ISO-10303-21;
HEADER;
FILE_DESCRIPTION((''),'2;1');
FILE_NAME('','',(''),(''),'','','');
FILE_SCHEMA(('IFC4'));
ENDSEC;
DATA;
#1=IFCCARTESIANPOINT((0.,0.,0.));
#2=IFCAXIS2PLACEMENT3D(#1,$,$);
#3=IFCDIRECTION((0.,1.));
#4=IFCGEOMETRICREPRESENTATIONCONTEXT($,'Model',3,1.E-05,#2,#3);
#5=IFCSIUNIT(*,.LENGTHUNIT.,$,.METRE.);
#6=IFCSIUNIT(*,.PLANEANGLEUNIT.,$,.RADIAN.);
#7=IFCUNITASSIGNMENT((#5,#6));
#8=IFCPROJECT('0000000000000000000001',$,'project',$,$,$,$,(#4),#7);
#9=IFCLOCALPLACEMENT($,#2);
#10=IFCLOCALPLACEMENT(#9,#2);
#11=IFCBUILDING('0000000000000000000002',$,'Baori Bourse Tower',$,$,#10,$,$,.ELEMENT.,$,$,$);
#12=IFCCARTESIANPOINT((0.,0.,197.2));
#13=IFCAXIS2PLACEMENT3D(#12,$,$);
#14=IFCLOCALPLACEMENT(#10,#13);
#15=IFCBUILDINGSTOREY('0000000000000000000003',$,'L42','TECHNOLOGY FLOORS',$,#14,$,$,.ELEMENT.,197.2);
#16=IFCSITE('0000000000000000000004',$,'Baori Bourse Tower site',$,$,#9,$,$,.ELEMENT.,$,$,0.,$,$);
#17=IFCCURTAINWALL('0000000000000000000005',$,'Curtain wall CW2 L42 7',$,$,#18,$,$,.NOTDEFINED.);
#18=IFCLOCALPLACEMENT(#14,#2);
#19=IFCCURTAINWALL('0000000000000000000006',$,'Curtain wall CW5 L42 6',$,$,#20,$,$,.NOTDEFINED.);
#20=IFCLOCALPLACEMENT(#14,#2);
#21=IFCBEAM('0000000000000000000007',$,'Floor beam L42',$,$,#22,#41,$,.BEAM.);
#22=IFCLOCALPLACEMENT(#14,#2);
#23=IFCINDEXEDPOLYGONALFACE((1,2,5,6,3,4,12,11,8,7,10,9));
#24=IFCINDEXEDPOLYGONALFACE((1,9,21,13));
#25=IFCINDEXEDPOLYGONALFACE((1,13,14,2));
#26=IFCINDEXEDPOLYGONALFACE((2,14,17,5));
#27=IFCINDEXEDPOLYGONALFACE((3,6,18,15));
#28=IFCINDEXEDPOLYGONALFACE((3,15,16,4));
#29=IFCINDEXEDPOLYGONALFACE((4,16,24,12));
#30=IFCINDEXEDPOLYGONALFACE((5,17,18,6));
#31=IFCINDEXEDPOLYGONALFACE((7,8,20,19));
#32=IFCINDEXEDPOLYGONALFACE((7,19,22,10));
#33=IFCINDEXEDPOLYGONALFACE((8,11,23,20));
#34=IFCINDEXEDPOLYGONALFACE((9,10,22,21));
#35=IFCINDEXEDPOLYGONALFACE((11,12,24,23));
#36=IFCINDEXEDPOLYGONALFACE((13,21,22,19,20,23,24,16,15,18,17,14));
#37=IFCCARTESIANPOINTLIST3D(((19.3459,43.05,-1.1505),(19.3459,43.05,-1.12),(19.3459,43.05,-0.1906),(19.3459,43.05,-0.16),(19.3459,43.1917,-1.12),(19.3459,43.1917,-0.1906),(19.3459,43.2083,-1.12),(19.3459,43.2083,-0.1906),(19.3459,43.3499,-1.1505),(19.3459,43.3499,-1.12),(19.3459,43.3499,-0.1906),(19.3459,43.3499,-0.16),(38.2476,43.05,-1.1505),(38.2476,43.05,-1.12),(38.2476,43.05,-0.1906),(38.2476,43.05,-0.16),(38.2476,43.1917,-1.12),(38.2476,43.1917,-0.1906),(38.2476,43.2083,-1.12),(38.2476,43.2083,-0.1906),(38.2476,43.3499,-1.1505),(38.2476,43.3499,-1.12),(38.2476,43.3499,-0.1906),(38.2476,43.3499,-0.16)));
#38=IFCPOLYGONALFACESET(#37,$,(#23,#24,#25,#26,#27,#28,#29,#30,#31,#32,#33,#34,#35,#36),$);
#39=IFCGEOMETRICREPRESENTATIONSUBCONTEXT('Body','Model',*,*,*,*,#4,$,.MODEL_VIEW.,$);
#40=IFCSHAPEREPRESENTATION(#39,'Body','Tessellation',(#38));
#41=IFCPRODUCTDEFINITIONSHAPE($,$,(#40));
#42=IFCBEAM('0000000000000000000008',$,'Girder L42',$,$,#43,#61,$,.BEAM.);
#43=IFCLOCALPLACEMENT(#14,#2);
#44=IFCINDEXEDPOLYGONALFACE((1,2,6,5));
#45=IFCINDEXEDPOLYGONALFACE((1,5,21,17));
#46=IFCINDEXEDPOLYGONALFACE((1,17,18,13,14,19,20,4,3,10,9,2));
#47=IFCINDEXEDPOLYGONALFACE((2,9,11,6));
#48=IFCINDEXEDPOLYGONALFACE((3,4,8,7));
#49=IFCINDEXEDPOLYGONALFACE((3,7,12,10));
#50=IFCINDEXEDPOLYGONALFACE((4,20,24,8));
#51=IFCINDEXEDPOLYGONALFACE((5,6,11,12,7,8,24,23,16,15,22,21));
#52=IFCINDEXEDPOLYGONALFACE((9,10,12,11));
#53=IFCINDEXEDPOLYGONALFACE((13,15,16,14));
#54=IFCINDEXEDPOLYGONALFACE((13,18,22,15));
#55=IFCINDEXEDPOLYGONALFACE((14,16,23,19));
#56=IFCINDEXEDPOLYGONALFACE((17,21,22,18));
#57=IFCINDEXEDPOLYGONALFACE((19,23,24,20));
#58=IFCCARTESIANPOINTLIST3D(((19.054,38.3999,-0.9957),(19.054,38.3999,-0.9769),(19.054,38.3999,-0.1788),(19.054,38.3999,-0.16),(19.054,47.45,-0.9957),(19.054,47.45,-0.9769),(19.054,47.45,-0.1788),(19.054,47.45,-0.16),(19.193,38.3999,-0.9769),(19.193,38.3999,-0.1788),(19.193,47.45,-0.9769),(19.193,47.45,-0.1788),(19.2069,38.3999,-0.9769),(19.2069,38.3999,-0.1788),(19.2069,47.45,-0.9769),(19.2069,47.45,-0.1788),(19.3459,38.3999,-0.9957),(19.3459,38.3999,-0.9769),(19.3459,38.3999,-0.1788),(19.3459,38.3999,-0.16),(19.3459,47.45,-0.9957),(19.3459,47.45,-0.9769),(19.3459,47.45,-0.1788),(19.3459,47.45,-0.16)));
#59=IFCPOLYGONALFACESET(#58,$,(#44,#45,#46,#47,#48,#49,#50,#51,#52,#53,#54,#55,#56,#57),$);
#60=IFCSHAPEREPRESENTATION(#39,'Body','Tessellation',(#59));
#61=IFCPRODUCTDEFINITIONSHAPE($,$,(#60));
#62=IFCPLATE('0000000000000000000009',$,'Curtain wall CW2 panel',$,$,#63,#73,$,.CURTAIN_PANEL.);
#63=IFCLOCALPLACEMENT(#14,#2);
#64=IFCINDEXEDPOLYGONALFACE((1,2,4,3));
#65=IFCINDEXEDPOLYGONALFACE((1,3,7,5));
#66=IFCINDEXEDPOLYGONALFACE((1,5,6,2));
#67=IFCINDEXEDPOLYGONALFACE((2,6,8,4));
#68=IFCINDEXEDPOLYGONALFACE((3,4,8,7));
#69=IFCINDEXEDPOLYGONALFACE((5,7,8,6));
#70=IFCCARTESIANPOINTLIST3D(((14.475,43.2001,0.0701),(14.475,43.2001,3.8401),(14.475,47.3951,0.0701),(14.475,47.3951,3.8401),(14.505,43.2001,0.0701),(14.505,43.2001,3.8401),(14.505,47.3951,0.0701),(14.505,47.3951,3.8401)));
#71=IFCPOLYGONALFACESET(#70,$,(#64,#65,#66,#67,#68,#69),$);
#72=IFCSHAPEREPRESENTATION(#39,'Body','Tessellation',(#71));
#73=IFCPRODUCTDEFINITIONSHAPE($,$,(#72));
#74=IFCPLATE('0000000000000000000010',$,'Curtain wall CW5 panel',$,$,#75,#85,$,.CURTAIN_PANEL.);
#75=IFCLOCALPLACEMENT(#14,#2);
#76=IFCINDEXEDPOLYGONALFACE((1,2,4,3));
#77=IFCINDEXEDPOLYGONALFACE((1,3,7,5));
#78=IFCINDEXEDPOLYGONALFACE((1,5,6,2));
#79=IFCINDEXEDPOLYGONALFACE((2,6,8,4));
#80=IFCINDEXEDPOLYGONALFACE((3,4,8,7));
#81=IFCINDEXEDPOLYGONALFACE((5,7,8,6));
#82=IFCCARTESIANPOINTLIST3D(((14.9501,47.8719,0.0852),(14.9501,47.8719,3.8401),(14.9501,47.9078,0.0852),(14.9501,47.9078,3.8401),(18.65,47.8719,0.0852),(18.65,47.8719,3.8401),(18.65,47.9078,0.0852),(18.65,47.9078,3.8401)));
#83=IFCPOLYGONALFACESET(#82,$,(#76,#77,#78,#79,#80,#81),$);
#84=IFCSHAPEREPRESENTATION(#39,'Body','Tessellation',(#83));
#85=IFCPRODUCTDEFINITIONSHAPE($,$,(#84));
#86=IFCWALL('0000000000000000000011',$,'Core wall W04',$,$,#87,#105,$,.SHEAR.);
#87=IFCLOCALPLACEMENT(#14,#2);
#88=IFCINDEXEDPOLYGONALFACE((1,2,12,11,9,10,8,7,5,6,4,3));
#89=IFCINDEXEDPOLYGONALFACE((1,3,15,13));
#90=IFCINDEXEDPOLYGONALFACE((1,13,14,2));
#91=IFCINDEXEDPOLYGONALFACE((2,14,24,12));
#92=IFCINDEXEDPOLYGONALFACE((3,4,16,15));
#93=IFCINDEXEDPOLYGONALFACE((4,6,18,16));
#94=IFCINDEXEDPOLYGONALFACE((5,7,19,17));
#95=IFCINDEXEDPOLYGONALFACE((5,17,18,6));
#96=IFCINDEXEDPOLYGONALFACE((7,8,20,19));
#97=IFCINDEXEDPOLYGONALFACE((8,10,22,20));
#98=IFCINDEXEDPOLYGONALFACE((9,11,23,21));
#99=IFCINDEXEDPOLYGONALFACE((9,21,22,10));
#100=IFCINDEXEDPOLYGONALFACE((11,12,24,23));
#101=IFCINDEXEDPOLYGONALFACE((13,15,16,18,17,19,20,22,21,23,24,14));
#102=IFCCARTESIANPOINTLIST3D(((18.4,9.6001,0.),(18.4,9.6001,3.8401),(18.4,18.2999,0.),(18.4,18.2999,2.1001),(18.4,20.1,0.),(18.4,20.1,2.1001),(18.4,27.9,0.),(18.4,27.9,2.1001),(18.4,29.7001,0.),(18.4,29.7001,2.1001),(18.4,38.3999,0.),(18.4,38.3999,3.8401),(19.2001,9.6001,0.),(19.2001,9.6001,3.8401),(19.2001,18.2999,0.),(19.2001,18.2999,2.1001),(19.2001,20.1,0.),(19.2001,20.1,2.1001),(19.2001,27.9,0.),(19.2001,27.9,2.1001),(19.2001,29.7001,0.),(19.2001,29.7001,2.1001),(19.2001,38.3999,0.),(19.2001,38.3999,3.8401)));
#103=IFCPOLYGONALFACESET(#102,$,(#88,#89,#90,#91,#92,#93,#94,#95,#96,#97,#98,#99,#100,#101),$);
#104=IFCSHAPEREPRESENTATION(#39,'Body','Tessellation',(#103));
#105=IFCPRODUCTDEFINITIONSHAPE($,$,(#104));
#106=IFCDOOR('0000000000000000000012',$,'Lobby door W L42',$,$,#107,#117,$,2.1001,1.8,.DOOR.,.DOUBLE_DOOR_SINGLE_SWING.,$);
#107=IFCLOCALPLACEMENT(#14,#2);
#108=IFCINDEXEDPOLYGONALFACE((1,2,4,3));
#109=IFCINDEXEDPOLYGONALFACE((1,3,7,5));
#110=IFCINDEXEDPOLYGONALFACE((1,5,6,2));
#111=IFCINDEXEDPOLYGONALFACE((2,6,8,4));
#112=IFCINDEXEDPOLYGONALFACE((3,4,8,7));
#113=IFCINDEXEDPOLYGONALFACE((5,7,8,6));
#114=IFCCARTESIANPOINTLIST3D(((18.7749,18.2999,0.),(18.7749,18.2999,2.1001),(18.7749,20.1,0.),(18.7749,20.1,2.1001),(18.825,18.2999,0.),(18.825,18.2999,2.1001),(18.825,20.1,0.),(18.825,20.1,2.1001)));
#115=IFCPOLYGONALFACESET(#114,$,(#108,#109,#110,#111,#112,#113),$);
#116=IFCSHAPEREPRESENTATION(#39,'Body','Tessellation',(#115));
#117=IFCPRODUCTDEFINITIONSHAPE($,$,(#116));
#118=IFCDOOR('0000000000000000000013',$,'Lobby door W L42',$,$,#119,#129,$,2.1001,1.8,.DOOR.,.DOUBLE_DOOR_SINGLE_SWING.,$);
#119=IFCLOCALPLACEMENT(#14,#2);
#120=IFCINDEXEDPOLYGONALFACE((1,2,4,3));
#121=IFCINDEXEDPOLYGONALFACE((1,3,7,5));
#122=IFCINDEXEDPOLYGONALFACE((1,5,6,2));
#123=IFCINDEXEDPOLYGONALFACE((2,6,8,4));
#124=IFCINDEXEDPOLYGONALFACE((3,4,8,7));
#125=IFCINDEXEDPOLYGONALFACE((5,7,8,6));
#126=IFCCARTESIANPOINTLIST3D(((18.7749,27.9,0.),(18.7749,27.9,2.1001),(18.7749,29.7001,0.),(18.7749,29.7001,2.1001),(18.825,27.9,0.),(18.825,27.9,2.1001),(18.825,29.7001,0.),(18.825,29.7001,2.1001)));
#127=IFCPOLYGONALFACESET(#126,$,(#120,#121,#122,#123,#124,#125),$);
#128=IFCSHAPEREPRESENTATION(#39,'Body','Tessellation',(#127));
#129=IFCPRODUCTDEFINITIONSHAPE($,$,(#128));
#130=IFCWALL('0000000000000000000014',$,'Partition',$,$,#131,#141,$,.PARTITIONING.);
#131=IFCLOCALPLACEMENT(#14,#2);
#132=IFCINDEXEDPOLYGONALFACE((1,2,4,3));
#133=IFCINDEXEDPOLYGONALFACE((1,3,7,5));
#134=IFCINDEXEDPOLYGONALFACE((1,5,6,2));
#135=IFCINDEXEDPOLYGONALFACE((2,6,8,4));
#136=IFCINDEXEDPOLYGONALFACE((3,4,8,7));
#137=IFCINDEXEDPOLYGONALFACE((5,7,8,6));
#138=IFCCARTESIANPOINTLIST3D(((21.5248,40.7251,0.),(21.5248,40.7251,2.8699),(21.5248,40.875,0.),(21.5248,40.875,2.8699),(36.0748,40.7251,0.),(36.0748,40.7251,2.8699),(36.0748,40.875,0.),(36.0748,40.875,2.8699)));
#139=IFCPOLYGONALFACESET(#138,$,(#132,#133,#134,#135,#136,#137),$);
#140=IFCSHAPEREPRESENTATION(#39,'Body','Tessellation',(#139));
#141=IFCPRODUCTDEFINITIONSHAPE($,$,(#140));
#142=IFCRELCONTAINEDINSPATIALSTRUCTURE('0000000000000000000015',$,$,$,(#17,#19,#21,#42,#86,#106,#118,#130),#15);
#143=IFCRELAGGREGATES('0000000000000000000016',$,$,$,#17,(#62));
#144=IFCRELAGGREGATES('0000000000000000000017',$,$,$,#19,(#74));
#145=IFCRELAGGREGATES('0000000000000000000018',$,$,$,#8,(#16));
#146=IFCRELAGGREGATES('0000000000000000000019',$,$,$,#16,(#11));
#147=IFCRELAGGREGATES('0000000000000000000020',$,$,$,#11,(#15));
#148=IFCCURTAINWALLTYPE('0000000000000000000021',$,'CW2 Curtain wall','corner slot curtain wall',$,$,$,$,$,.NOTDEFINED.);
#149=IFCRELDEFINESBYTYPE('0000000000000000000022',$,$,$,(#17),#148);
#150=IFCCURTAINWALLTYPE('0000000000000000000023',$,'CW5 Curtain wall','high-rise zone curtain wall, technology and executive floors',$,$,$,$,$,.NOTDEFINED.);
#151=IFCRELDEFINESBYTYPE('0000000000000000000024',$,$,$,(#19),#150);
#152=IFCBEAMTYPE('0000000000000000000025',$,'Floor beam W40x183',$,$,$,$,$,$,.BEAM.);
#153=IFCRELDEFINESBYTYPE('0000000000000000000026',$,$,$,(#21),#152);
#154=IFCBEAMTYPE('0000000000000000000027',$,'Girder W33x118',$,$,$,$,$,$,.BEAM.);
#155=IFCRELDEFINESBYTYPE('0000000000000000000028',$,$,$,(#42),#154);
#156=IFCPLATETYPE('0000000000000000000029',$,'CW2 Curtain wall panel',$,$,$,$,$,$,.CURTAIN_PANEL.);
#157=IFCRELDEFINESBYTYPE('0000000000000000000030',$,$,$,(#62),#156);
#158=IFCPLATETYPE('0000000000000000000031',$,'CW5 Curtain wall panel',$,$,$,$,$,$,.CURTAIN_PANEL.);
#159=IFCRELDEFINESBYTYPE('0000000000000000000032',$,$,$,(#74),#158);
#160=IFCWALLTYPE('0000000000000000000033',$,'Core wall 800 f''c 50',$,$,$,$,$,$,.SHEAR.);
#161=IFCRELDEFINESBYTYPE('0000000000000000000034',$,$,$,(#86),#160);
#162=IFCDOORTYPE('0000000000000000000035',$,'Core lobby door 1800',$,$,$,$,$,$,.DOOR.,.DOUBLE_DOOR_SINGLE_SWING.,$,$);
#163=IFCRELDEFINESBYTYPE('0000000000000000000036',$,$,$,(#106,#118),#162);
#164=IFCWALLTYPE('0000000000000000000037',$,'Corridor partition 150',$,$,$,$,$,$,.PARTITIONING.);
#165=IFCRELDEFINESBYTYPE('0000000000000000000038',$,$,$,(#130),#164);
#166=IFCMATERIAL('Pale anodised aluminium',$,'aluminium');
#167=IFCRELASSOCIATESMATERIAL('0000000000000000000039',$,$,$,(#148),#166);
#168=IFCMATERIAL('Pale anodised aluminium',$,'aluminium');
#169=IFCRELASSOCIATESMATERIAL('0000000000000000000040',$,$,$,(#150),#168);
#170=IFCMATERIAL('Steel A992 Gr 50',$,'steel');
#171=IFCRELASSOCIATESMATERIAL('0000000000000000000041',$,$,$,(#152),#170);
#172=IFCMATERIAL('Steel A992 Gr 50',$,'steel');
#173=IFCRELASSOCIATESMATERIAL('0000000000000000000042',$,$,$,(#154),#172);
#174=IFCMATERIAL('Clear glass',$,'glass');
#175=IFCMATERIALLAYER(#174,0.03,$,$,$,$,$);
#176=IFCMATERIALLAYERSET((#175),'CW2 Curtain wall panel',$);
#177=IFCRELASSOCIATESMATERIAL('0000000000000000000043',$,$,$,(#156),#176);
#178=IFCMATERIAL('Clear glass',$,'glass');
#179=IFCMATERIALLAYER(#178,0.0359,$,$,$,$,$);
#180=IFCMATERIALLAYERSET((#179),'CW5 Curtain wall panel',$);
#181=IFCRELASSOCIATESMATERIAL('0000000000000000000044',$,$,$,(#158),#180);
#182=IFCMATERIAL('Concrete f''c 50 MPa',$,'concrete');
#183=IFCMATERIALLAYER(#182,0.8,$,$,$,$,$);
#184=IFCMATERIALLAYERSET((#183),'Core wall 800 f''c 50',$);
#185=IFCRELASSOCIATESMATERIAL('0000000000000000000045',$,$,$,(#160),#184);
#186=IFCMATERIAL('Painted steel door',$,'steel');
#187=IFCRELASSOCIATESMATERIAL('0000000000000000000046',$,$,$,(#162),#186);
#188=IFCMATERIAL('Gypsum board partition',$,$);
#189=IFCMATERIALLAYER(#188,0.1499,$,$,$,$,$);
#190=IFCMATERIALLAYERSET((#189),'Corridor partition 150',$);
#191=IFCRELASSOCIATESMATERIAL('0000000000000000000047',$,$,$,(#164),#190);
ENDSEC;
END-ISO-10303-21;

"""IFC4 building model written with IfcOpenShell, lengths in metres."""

from ifc_helpers import new_model, si_unit, direction, frame, frame_2d, origin, origin_2d, place, context, subcontext, project, spatial, rectangle, i_section, extrude, material, layer, layer_set, material_profile, profile_set, type_object, element, fill, aggregate, save


model = new_model("IFC4")

# Units and contexts
model_context = context("Model", 3, precision=1e-05, world=origin(), true_north=direction((0.0, 1.0)))
body_context = subcontext(model_context, "Body", "Model", "MODEL_VIEW")
ifc_project = project(units=[si_unit("LENGTHUNIT", "METRE"), si_unit("PLANEANGLEUNIT", "RADIAN")], contexts=[model_context])

# Site, building, storey
site_placement = place(None, origin())
site = spatial("IfcSite", under=ifc_project, at=site_placement, Name="Baori Bourse Tower site", CompositionType="ELEMENT", RefElevation=0.0)
building_placement = place(site_placement, origin())
building = spatial("IfcBuilding", under=site, at=building_placement, Name="Baori Bourse Tower", CompositionType="ELEMENT")
storey_placement = place(building_placement, frame((0.0, 0.0, 197.2)))
storey = spatial("IfcBuildingStorey", under=building, at=storey_placement, Name="L42", Description="TECHNOLOGY FLOORS", CompositionType="ELEMENT", Elevation=197.2)

# Curtain wall
ifc_material_1 = material(Name="Pale anodised aluminium", Category="aluminium")
curtain_wall_type_1 = type_object("IfcCurtainWallType", Name="CW2 Curtain wall", Description="corner slot curtain wall", PredefinedType="NOTDEFINED", material=ifc_material_1)
curtain_wall_1_placement = place(storey_placement, origin())
curtain_wall_1 = element("IfcCurtainWall", 1, at=curtain_wall_1_placement, inside=storey, type_object=curtain_wall_type_1, Name="Curtain wall CW2 L42 7", PredefinedType="NOTDEFINED")

# Curtain wall
ifc_material_2 = material(Name="Pale anodised aluminium", Category="aluminium")
curtain_wall_type_2 = type_object("IfcCurtainWallType", Name="CW5 Curtain wall", Description="high-rise zone curtain wall, technology and executive floors", PredefinedType="NOTDEFINED", material=ifc_material_2)
curtain_wall_2_placement = place(storey_placement, origin())
curtain_wall_2 = element("IfcCurtainWall", 2, at=curtain_wall_2_placement, inside=storey, type_object=curtain_wall_type_2, Name="Curtain wall CW5 L42 6", PredefinedType="NOTDEFINED")

# Beams
ifc_material_3 = material(Name="Steel A992 Gr 50", Category="steel")
ifc_material_profile_1 = material_profile(ifc_material_3, i_section(OverallWidth=0.2998, OverallDepth=0.9905, WebThickness=0.0166, FlangeThickness=0.0305, at=origin_2d()), Name="W40x183")
ifc_profile_set_1 = profile_set([ifc_material_profile_1], Name="Steel A992 Gr 50")
beam_type_1 = type_object("IfcBeamType", Name="Floor beam W40x183", PredefinedType="BEAM", material=ifc_profile_set_1)
beam_1_placement = place(storey_placement, frame((19.3459, 43.2, -0.6553), z_axis=(1.0, 0.0, 0.0), x_axis=(0.0, 1.0, 0.0)))
element("IfcBeam", 3, at=beam_1_placement, inside=storey, type_object=beam_type_1, Name="Floor beam L42", PredefinedType="BEAM", context=body_context, shape_type="SweptSolid", body=[
    extrude(i_section(OverallWidth=0.2998, OverallDepth=0.9905, WebThickness=0.0166, FlangeThickness=0.0305, at=origin_2d()), origin(), (0.0, 0.0, 1.0), 18.9016),
])
ifc_material_4 = material(Name="Steel A992 Gr 50", Category="steel")
ifc_material_profile_2 = material_profile(ifc_material_4, i_section(OverallWidth=0.292, OverallDepth=0.8357, WebThickness=0.0139, FlangeThickness=0.0188, at=origin_2d()), Name="W33x118")
ifc_profile_set_2 = profile_set([ifc_material_profile_2], Name="Steel A992 Gr 50")
beam_type_2 = type_object("IfcBeamType", Name="Girder W33x118", PredefinedType="BEAM", material=ifc_profile_set_2)
beam_2_placement = place(storey_placement, frame((19.2, 38.3999, -0.5779), z_axis=(0.0, 1.0, 0.0), x_axis=(-1.0, 0.0, 0.0)))
element("IfcBeam", 4, at=beam_2_placement, inside=storey, type_object=beam_type_2, Name="Girder L42", PredefinedType="BEAM", context=body_context, shape_type="SweptSolid", body=[
    extrude(i_section(OverallWidth=0.292, OverallDepth=0.8357, WebThickness=0.0139, FlangeThickness=0.0188, at=origin_2d()), origin(), (0.0, 0.0, 1.0), 9.05),
])

# Plates
ifc_material_5 = material(Name="Clear glass", Category="glass")
ifc_layer_1 = layer(ifc_material_5, 0.03)
ifc_layer_set_1 = layer_set([ifc_layer_1], Name="CW2 Curtain wall panel")
plate_type_1 = type_object("IfcPlateType", Name="CW2 Curtain wall panel", PredefinedType="CURTAIN_PANEL", material=ifc_layer_set_1)
plate_1_placement = place(storey_placement, frame((14.49, 45.2976, 0.0701), z_axis=(0.0, 0.0, 1.0), x_axis=(0.0, -1.0, 0.0)))
plate_1 = element("IfcPlate", 5, at=plate_1_placement, type_object=plate_type_1, Name="Curtain wall CW2 panel", PredefinedType="CURTAIN_PANEL", context=body_context, shape_type="SweptSolid", body=[
    extrude(rectangle(XDim=4.1951, YDim=0.03, at=origin_2d()), origin(), (0.0, 0.0, 1.0), 3.77),
])
aggregate(curtain_wall_1, [plate_1])
ifc_material_6 = material(Name="Clear glass", Category="glass")
ifc_layer_2 = layer(ifc_material_6, 0.0359)
ifc_layer_set_2 = layer_set([ifc_layer_2], Name="CW5 Curtain wall panel")
plate_type_2 = type_object("IfcPlateType", Name="CW5 Curtain wall panel", PredefinedType="CURTAIN_PANEL", material=ifc_layer_set_2)
plate_2_placement = place(storey_placement, frame((16.8, 47.8899, 0.0852), z_axis=(0.0, 0.0, 1.0), x_axis=(-1.0, 0.0, 0.0)))
plate_2 = element("IfcPlate", 6, at=plate_2_placement, type_object=plate_type_2, Name="Curtain wall CW5 panel", PredefinedType="CURTAIN_PANEL", context=body_context, shape_type="SweptSolid", body=[
    extrude(rectangle(XDim=3.7, YDim=0.0359, at=origin_2d()), origin(), (0.0, 0.0, 1.0), 3.7549),
])
aggregate(curtain_wall_2, [plate_2])

# Wall, openings, doors
ifc_material_7 = material(Name="Concrete f'c 50 MPa", Category="concrete")
ifc_layer_3 = layer(ifc_material_7, 0.8)
ifc_layer_set_3 = layer_set([ifc_layer_3], Name="Core wall 800 f'c 50")
wall_type_1 = type_object("IfcWallType", Name="Core wall 800 f'c 50", PredefinedType="SHEAR", material=ifc_layer_set_3)
wall_1_placement = place(storey_placement, frame((18.8, 38.3999, 0.0), z_axis=(0.0, 0.0, 1.0), x_axis=(0.0, -1.0, 0.0)))
wall_1 = element("IfcWall", 7, at=wall_1_placement, inside=storey, type_object=wall_type_1, Name="Core wall W04", PredefinedType="SHEAR", context=body_context, shape_type="SweptSolid", body=[
    extrude(rectangle(XDim=28.7998, YDim=0.8, at=frame_2d((14.3999, 0.0))), origin(), (0.0, 0.0, 1.0), 3.8401),
])
opening_1_placement = place(wall_1_placement, frame((18.3, 0.0, 0.0)))
opening_1 = element("IfcOpeningElement", 8, at=opening_1_placement, cuts=wall_1, PredefinedType="OPENING", context=body_context, shape_type="SweptSolid", body=[
    extrude(rectangle(XDim=1.8, YDim=2.1001, at=frame_2d((0.8999, 1.05))), frame((0.0, 0.4099, 0.0), z_axis=(0.0, -1.0, 0.0), x_axis=(1.0, 0.0, 0.0)), (0.0, 0.0, 1.0), 0.8201),
])
opening_2_placement = place(wall_1_placement, frame((8.7, 0.0, 0.0)))
opening_2 = element("IfcOpeningElement", 9, at=opening_2_placement, cuts=wall_1, PredefinedType="OPENING", context=body_context, shape_type="SweptSolid", body=[
    extrude(rectangle(XDim=1.8, YDim=2.1001, at=frame_2d((0.8999, 1.05))), frame((0.0, 0.4099, 0.0), z_axis=(0.0, -1.0, 0.0), x_axis=(1.0, 0.0, 0.0)), (0.0, 0.0, 1.0), 0.8201),
])
ifc_material_8 = material(Name="Painted steel door", Category="steel")
door_type_1 = type_object("IfcDoorType", Name="Core lobby door 1800", OperationType="DOUBLE_DOOR_SINGLE_SWING", PredefinedType="DOOR", material=ifc_material_8)
door_1_placement = place(opening_1_placement, origin())
door_1 = element("IfcDoor", 10, at=door_1_placement, inside=storey, type_object=door_type_1, Name="Lobby door W L42", OperationType="DOUBLE_DOOR_SINGLE_SWING", OverallHeight=2.1001, OverallWidth=1.8, PredefinedType="DOOR", context=body_context, shape_type="SweptSolid", body=[
    extrude(rectangle(XDim=1.8, YDim=2.1001, at=frame_2d((0.8999, 1.05))), frame((0.0, 0.0249, 0.0), z_axis=(0.0, -1.0, 0.0), x_axis=(1.0, 0.0, 0.0)), (0.0, 0.0, 1.0), 0.05),
])
fill(opening_1, door_1)
door_2_placement = place(opening_2_placement, origin())
door_2 = element("IfcDoor", 11, at=door_2_placement, inside=storey, type_object=door_type_1, Name="Lobby door W L42", OperationType="DOUBLE_DOOR_SINGLE_SWING", OverallHeight=2.1001, OverallWidth=1.8, PredefinedType="DOOR", context=body_context, shape_type="SweptSolid", body=[
    extrude(rectangle(XDim=1.8, YDim=2.1001, at=frame_2d((0.8999, 1.05))), frame((0.0, 0.0249, 0.0), z_axis=(0.0, -1.0, 0.0), x_axis=(1.0, 0.0, 0.0)), (0.0, 0.0, 1.0), 0.05),
])
fill(opening_2, door_2)

# Wall
ifc_material_9 = material(Name="Gypsum board partition")
ifc_layer_4 = layer(ifc_material_9, 0.1499)
ifc_layer_set_4 = layer_set([ifc_layer_4], Name="Corridor partition 150")
wall_type_2 = type_object("IfcWallType", Name="Corridor partition 150", PredefinedType="PARTITIONING", material=ifc_layer_set_4)
wall_2_placement = place(storey_placement, frame((21.5249, 40.8, 0.0), z_axis=(0.0, 0.0, 1.0), x_axis=(1.0, 0.0, 0.0)))
element("IfcWall", 12, at=wall_2_placement, inside=storey, type_object=wall_type_2, Name="Partition", PredefinedType="PARTITIONING", context=body_context, shape_type="SweptSolid", body=[
    extrude(rectangle(XDim=14.55, YDim=0.1499, at=frame_2d((7.2749, 0.0))), origin(), (0.0, 0.0, 1.0), 2.8699),
])

save(model, "model.ifc")
